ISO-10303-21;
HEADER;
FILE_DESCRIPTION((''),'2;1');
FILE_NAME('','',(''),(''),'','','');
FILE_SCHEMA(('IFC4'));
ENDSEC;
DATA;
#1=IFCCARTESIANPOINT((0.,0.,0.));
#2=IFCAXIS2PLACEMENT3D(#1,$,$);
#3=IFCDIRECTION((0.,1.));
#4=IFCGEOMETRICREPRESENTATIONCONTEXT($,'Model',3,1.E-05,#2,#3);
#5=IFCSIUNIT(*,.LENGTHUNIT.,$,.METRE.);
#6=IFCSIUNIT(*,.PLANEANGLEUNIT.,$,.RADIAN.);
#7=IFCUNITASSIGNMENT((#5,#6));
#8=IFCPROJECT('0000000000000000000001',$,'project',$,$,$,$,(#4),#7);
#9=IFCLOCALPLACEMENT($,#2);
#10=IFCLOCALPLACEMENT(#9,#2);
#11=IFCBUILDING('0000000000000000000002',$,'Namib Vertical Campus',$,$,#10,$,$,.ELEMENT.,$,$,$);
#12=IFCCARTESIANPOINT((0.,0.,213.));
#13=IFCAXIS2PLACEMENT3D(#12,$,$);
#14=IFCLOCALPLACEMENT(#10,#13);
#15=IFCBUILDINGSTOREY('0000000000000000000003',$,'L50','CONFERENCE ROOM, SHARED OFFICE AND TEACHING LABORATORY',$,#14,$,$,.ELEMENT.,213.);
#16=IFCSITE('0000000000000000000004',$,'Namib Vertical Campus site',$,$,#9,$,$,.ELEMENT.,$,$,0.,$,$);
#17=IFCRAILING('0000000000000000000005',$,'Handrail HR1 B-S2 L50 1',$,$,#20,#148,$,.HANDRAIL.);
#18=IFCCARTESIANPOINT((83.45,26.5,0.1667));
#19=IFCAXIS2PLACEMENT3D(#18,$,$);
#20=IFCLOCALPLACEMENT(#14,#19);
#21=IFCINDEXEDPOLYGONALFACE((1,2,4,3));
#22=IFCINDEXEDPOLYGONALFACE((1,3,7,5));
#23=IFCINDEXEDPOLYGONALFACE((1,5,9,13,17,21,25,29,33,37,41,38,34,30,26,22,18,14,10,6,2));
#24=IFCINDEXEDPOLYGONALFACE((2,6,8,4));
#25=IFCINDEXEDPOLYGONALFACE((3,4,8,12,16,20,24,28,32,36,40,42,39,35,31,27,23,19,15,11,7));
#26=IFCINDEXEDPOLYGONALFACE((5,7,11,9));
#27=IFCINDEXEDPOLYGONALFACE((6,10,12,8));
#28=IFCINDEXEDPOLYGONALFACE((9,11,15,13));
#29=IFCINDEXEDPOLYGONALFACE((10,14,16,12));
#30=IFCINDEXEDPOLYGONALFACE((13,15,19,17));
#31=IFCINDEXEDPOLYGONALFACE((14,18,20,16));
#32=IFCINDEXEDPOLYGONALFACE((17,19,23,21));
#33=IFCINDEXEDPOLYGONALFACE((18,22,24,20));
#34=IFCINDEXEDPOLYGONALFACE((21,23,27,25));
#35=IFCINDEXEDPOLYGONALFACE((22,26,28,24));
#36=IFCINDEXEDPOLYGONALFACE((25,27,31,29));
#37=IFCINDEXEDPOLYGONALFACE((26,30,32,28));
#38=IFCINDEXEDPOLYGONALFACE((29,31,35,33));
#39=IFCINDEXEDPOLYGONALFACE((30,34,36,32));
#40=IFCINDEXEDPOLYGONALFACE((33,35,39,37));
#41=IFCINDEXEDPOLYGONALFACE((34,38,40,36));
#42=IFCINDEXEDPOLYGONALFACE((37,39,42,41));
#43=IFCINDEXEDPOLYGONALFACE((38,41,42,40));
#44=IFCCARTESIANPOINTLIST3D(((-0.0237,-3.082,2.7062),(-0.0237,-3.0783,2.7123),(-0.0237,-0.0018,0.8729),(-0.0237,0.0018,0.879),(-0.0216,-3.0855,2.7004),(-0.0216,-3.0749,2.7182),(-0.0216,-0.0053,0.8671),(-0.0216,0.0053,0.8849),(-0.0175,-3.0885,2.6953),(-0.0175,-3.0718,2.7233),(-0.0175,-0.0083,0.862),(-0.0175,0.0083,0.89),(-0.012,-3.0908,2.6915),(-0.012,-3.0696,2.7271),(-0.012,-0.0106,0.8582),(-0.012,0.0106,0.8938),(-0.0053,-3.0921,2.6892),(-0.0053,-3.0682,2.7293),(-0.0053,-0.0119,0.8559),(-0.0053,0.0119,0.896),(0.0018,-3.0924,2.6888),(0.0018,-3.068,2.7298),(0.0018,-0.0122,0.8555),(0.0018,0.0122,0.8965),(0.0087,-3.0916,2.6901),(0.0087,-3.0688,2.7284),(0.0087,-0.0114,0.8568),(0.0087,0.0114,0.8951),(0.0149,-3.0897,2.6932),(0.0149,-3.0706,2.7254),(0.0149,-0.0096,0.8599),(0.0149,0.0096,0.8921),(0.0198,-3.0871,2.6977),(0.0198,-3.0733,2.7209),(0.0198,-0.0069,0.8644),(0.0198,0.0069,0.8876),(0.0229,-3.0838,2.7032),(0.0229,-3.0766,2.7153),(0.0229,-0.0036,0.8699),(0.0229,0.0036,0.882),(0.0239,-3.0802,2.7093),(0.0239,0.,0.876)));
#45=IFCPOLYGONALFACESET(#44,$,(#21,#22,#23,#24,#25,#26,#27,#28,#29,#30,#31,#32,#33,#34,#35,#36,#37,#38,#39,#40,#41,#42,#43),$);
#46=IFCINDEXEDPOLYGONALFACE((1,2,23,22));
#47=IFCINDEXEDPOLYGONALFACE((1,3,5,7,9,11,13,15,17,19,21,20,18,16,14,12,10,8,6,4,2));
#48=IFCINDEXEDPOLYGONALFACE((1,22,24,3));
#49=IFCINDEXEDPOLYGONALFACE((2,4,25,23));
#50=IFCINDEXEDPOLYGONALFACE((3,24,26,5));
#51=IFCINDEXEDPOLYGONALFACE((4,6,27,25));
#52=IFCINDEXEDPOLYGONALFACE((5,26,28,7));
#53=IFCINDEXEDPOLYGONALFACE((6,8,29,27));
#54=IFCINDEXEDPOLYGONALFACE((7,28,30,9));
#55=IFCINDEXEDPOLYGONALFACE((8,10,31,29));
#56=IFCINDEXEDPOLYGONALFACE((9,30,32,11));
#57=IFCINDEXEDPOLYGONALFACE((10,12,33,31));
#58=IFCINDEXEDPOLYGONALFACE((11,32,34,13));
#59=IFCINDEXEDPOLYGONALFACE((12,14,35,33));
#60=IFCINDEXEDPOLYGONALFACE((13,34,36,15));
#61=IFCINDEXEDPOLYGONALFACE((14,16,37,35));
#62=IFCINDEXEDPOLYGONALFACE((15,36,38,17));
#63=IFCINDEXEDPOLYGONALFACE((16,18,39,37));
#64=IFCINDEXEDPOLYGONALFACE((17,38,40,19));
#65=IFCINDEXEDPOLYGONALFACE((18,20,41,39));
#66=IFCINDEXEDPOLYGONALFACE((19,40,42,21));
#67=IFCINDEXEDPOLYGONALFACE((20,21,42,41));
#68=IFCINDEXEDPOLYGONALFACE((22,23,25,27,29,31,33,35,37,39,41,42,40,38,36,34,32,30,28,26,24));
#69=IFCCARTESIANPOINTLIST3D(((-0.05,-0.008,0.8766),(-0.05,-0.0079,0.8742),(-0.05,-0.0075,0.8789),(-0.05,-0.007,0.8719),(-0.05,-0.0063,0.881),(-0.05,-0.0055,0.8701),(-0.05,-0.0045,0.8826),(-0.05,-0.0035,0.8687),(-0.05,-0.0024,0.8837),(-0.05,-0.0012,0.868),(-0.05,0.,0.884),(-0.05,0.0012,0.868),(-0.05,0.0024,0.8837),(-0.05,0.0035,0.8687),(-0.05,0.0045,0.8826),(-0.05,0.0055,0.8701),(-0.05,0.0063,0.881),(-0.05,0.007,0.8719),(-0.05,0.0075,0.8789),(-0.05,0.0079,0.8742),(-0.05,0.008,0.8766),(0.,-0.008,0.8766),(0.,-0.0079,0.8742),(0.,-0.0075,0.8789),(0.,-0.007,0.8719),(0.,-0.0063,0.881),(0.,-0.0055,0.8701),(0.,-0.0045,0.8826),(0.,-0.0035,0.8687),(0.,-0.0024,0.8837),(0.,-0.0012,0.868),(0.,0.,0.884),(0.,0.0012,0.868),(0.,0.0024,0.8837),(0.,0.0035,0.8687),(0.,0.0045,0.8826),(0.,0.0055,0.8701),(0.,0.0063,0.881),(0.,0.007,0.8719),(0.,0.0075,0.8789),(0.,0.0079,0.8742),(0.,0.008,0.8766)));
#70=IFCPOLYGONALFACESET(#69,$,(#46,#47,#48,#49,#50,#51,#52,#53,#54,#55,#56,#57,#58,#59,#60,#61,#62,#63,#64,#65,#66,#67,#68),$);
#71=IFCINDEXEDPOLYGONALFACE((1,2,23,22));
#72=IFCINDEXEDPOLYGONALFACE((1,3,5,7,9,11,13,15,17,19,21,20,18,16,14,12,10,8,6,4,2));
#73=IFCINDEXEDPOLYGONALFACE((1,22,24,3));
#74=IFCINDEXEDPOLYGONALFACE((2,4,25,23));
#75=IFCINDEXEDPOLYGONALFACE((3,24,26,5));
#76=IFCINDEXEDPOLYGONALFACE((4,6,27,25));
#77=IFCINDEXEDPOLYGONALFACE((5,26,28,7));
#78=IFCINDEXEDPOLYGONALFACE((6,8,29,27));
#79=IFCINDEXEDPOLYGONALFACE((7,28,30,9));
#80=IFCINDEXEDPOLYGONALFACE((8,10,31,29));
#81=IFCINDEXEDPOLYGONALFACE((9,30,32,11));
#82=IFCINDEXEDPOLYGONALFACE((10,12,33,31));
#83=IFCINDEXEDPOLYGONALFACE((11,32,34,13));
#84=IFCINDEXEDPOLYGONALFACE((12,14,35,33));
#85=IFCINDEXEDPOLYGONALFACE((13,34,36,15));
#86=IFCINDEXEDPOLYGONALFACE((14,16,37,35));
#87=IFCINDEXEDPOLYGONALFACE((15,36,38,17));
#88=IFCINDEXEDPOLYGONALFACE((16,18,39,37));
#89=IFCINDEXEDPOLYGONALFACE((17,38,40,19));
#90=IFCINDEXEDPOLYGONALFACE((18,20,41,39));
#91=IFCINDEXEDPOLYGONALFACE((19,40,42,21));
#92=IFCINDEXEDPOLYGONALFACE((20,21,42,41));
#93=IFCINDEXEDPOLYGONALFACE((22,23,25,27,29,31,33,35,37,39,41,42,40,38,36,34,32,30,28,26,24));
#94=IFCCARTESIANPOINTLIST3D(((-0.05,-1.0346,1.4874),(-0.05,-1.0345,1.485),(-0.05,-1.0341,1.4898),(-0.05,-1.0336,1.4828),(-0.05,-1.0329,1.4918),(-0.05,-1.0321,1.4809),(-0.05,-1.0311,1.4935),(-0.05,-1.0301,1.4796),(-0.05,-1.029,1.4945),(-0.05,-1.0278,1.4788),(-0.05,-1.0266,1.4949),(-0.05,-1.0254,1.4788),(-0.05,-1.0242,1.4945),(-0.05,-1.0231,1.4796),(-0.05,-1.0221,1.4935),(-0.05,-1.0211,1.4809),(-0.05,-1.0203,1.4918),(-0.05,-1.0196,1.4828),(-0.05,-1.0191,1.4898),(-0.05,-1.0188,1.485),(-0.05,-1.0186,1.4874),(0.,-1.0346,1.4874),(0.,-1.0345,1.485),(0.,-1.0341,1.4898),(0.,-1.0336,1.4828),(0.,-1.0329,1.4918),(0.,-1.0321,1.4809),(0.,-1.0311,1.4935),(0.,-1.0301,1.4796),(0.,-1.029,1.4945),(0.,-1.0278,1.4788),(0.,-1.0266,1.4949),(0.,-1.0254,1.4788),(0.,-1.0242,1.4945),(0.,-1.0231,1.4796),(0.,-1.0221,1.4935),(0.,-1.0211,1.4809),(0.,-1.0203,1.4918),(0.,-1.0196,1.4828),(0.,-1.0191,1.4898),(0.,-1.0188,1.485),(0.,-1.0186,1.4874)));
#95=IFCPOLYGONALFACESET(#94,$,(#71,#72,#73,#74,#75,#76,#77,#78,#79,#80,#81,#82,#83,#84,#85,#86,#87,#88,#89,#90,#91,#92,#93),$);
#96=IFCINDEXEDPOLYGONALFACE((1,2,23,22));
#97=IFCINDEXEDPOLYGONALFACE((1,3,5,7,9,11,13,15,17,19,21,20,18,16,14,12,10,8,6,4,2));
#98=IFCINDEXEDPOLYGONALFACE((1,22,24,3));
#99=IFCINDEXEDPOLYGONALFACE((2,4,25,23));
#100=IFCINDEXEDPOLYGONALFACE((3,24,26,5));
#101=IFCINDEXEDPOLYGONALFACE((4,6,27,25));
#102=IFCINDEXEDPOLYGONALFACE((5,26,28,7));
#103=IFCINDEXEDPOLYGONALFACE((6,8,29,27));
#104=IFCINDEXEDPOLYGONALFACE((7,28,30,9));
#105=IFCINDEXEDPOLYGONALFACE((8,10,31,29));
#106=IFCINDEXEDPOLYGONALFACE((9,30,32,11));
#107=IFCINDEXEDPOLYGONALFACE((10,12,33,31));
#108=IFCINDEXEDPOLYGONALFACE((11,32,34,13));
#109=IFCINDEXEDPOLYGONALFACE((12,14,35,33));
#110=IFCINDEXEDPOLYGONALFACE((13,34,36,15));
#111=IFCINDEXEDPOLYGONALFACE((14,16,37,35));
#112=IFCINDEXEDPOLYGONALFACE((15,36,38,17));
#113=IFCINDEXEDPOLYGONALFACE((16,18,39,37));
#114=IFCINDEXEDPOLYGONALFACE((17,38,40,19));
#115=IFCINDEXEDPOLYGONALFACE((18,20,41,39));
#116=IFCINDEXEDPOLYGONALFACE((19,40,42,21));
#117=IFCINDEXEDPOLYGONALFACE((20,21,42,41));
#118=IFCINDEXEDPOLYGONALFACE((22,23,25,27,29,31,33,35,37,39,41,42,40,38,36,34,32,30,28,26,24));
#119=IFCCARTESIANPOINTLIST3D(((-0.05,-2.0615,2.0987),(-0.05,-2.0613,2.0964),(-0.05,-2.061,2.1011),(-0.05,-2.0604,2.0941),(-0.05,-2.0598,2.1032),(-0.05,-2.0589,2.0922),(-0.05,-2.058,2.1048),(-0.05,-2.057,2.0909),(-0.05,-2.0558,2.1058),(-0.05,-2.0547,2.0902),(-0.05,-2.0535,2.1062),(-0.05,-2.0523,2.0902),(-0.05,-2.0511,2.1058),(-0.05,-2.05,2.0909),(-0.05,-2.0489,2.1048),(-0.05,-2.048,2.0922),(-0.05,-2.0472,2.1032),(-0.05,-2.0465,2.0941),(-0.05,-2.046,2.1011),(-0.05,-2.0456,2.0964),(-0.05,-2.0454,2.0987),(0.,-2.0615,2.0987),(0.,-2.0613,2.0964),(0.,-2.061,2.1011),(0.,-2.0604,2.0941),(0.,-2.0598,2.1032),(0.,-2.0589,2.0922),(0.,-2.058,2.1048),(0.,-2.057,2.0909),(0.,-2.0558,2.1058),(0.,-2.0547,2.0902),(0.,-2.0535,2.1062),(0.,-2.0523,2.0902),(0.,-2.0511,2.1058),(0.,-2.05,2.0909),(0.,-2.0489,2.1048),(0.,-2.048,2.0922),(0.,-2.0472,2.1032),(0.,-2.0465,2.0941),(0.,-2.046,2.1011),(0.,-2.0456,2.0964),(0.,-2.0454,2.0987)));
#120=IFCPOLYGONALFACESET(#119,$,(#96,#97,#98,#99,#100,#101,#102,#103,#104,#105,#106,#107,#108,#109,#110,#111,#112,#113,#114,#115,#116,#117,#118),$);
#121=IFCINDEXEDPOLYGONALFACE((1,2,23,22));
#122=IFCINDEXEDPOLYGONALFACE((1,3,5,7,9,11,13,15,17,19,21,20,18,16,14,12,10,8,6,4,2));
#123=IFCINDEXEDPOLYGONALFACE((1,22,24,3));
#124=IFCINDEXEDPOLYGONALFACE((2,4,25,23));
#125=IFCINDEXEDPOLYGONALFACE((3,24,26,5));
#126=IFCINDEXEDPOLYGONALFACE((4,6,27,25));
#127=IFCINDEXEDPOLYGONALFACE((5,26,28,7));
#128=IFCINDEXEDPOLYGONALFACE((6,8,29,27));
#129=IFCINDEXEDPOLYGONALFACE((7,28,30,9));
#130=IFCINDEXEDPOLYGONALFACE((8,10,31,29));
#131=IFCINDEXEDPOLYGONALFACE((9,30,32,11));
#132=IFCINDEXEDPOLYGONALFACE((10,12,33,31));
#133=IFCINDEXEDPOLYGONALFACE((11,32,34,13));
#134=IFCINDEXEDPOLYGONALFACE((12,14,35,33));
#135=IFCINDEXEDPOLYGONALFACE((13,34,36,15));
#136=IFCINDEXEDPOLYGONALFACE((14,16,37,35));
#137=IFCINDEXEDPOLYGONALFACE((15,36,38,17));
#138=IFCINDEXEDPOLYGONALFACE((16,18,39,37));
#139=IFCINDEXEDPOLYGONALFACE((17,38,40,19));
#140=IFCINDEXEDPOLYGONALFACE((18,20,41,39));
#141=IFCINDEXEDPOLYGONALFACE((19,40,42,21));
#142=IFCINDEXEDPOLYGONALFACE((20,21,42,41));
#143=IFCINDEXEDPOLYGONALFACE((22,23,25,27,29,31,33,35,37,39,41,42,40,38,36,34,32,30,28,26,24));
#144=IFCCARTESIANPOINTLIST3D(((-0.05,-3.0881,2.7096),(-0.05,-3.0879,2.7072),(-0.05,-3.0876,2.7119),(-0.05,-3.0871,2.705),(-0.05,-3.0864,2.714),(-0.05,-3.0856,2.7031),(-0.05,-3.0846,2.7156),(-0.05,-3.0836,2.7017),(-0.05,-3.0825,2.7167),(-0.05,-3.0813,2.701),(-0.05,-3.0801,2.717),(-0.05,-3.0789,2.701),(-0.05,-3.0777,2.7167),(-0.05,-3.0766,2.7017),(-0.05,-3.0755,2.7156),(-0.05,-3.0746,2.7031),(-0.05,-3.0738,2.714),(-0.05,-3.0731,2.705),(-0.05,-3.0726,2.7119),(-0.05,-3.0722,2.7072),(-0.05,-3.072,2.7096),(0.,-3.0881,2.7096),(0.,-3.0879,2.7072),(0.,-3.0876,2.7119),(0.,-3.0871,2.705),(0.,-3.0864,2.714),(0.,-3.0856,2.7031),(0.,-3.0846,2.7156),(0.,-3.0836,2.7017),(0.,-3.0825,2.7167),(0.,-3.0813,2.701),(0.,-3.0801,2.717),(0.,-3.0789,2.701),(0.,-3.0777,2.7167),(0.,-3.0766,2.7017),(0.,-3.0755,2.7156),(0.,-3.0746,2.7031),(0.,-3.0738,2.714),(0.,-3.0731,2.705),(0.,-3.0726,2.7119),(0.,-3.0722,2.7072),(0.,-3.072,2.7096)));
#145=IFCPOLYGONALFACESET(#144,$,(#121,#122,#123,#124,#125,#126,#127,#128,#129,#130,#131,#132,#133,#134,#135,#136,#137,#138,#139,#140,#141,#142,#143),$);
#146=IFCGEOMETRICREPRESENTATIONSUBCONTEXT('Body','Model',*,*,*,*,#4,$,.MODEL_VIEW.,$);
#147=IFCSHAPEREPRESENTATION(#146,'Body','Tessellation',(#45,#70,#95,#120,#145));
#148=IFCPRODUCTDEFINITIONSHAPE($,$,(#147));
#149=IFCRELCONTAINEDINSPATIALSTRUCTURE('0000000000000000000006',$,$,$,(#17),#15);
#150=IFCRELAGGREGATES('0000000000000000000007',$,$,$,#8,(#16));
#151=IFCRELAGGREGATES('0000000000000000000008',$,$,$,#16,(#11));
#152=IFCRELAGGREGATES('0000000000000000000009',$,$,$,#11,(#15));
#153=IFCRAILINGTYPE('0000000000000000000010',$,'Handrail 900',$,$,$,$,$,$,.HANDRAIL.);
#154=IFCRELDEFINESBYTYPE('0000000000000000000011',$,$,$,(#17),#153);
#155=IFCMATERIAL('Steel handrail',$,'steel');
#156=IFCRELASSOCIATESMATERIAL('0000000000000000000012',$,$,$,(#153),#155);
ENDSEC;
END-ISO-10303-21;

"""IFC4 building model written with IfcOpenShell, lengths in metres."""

from ifc_helpers import new_model, si_unit, direction, frame, origin, origin_2d, place, context, subcontext, project, spatial, circle, extrude, material, type_object, element, save


model = new_model("IFC4")

# Units and contexts
model_context = context("Model", 3, precision=1e-05, world=origin(), true_north=direction((0.0, 1.0)))
body_context = subcontext(model_context, "Body", "Model", "MODEL_VIEW")
ifc_project = project(units=[si_unit("LENGTHUNIT", "METRE"), si_unit("PLANEANGLEUNIT", "RADIAN")], contexts=[model_context])

# Site, building, storey
site_placement = place(None, origin())
site = spatial("IfcSite", under=ifc_project, at=site_placement, Name="Namib Vertical Campus site", CompositionType="ELEMENT", RefElevation=0.0)
building_placement = place(site_placement, origin())
building = spatial("IfcBuilding", under=site, at=building_placement, Name="Namib Vertical Campus", CompositionType="ELEMENT")
storey_placement = place(building_placement, frame((0.0, 0.0, 213.0)))
storey = spatial("IfcBuildingStorey", under=building, at=storey_placement, Name="L50", Description="CONFERENCE ROOM, SHARED OFFICE AND TEACHING LABORATORY", CompositionType="ELEMENT", Elevation=213.0)

# Railing
ifc_material_1 = material(Name="Steel handrail", Category="steel")
railing_type_1 = type_object("IfcRailingType", Name="Handrail 900", PredefinedType="HANDRAIL", material=ifc_material_1)
railing_1_placement = place(storey_placement, frame((83.45, 26.5, 0.1667)))
element("IfcRailing", 1, at=railing_1_placement, inside=storey, type_object=railing_type_1, Name="Handrail HR1 B-S2 L50 1", PredefinedType="HANDRAIL", context=body_context, shape_type="SweptSolid", body=[
    extrude(circle(Radius=0.0239, at=origin_2d()), frame((0.0, 0.0, 0.876), z_axis=(0.0, -0.859309, 0.511458), x_axis=(1.0, 0.0, 0.0)), (0.0, 0.0, 1.0), 3.5845),
    extrude(circle(Radius=0.0081, at=origin_2d()), frame((0.0, 0.0, 0.876), z_axis=(-1.0, 0.0, 0.0), x_axis=(0.0, 0.0, 1.0)), (0.0, 0.0, 1.0), 0.05),
    extrude(circle(Radius=0.0081, at=origin_2d()), frame((0.0, -1.0266, 1.4868), z_axis=(-1.0, 0.0, 0.0), x_axis=(0.0, 0.0, 1.0)), (0.0, 0.0, 1.0), 0.05),
    extrude(circle(Radius=0.0081, at=origin_2d()), frame((0.0, -2.0535, 2.0981), z_axis=(-1.0, 0.0, 0.0), x_axis=(0.0, 0.0, 1.0)), (0.0, 0.0, 1.0), 0.05),
    extrude(circle(Radius=0.0081, at=origin_2d()), frame((0.0, -3.0801, 2.709), z_axis=(-1.0, 0.0, 0.0), x_axis=(0.0, 0.0, 1.0)), (0.0, 0.0, 1.0), 0.05),
])

save(model, "model.ifc")
